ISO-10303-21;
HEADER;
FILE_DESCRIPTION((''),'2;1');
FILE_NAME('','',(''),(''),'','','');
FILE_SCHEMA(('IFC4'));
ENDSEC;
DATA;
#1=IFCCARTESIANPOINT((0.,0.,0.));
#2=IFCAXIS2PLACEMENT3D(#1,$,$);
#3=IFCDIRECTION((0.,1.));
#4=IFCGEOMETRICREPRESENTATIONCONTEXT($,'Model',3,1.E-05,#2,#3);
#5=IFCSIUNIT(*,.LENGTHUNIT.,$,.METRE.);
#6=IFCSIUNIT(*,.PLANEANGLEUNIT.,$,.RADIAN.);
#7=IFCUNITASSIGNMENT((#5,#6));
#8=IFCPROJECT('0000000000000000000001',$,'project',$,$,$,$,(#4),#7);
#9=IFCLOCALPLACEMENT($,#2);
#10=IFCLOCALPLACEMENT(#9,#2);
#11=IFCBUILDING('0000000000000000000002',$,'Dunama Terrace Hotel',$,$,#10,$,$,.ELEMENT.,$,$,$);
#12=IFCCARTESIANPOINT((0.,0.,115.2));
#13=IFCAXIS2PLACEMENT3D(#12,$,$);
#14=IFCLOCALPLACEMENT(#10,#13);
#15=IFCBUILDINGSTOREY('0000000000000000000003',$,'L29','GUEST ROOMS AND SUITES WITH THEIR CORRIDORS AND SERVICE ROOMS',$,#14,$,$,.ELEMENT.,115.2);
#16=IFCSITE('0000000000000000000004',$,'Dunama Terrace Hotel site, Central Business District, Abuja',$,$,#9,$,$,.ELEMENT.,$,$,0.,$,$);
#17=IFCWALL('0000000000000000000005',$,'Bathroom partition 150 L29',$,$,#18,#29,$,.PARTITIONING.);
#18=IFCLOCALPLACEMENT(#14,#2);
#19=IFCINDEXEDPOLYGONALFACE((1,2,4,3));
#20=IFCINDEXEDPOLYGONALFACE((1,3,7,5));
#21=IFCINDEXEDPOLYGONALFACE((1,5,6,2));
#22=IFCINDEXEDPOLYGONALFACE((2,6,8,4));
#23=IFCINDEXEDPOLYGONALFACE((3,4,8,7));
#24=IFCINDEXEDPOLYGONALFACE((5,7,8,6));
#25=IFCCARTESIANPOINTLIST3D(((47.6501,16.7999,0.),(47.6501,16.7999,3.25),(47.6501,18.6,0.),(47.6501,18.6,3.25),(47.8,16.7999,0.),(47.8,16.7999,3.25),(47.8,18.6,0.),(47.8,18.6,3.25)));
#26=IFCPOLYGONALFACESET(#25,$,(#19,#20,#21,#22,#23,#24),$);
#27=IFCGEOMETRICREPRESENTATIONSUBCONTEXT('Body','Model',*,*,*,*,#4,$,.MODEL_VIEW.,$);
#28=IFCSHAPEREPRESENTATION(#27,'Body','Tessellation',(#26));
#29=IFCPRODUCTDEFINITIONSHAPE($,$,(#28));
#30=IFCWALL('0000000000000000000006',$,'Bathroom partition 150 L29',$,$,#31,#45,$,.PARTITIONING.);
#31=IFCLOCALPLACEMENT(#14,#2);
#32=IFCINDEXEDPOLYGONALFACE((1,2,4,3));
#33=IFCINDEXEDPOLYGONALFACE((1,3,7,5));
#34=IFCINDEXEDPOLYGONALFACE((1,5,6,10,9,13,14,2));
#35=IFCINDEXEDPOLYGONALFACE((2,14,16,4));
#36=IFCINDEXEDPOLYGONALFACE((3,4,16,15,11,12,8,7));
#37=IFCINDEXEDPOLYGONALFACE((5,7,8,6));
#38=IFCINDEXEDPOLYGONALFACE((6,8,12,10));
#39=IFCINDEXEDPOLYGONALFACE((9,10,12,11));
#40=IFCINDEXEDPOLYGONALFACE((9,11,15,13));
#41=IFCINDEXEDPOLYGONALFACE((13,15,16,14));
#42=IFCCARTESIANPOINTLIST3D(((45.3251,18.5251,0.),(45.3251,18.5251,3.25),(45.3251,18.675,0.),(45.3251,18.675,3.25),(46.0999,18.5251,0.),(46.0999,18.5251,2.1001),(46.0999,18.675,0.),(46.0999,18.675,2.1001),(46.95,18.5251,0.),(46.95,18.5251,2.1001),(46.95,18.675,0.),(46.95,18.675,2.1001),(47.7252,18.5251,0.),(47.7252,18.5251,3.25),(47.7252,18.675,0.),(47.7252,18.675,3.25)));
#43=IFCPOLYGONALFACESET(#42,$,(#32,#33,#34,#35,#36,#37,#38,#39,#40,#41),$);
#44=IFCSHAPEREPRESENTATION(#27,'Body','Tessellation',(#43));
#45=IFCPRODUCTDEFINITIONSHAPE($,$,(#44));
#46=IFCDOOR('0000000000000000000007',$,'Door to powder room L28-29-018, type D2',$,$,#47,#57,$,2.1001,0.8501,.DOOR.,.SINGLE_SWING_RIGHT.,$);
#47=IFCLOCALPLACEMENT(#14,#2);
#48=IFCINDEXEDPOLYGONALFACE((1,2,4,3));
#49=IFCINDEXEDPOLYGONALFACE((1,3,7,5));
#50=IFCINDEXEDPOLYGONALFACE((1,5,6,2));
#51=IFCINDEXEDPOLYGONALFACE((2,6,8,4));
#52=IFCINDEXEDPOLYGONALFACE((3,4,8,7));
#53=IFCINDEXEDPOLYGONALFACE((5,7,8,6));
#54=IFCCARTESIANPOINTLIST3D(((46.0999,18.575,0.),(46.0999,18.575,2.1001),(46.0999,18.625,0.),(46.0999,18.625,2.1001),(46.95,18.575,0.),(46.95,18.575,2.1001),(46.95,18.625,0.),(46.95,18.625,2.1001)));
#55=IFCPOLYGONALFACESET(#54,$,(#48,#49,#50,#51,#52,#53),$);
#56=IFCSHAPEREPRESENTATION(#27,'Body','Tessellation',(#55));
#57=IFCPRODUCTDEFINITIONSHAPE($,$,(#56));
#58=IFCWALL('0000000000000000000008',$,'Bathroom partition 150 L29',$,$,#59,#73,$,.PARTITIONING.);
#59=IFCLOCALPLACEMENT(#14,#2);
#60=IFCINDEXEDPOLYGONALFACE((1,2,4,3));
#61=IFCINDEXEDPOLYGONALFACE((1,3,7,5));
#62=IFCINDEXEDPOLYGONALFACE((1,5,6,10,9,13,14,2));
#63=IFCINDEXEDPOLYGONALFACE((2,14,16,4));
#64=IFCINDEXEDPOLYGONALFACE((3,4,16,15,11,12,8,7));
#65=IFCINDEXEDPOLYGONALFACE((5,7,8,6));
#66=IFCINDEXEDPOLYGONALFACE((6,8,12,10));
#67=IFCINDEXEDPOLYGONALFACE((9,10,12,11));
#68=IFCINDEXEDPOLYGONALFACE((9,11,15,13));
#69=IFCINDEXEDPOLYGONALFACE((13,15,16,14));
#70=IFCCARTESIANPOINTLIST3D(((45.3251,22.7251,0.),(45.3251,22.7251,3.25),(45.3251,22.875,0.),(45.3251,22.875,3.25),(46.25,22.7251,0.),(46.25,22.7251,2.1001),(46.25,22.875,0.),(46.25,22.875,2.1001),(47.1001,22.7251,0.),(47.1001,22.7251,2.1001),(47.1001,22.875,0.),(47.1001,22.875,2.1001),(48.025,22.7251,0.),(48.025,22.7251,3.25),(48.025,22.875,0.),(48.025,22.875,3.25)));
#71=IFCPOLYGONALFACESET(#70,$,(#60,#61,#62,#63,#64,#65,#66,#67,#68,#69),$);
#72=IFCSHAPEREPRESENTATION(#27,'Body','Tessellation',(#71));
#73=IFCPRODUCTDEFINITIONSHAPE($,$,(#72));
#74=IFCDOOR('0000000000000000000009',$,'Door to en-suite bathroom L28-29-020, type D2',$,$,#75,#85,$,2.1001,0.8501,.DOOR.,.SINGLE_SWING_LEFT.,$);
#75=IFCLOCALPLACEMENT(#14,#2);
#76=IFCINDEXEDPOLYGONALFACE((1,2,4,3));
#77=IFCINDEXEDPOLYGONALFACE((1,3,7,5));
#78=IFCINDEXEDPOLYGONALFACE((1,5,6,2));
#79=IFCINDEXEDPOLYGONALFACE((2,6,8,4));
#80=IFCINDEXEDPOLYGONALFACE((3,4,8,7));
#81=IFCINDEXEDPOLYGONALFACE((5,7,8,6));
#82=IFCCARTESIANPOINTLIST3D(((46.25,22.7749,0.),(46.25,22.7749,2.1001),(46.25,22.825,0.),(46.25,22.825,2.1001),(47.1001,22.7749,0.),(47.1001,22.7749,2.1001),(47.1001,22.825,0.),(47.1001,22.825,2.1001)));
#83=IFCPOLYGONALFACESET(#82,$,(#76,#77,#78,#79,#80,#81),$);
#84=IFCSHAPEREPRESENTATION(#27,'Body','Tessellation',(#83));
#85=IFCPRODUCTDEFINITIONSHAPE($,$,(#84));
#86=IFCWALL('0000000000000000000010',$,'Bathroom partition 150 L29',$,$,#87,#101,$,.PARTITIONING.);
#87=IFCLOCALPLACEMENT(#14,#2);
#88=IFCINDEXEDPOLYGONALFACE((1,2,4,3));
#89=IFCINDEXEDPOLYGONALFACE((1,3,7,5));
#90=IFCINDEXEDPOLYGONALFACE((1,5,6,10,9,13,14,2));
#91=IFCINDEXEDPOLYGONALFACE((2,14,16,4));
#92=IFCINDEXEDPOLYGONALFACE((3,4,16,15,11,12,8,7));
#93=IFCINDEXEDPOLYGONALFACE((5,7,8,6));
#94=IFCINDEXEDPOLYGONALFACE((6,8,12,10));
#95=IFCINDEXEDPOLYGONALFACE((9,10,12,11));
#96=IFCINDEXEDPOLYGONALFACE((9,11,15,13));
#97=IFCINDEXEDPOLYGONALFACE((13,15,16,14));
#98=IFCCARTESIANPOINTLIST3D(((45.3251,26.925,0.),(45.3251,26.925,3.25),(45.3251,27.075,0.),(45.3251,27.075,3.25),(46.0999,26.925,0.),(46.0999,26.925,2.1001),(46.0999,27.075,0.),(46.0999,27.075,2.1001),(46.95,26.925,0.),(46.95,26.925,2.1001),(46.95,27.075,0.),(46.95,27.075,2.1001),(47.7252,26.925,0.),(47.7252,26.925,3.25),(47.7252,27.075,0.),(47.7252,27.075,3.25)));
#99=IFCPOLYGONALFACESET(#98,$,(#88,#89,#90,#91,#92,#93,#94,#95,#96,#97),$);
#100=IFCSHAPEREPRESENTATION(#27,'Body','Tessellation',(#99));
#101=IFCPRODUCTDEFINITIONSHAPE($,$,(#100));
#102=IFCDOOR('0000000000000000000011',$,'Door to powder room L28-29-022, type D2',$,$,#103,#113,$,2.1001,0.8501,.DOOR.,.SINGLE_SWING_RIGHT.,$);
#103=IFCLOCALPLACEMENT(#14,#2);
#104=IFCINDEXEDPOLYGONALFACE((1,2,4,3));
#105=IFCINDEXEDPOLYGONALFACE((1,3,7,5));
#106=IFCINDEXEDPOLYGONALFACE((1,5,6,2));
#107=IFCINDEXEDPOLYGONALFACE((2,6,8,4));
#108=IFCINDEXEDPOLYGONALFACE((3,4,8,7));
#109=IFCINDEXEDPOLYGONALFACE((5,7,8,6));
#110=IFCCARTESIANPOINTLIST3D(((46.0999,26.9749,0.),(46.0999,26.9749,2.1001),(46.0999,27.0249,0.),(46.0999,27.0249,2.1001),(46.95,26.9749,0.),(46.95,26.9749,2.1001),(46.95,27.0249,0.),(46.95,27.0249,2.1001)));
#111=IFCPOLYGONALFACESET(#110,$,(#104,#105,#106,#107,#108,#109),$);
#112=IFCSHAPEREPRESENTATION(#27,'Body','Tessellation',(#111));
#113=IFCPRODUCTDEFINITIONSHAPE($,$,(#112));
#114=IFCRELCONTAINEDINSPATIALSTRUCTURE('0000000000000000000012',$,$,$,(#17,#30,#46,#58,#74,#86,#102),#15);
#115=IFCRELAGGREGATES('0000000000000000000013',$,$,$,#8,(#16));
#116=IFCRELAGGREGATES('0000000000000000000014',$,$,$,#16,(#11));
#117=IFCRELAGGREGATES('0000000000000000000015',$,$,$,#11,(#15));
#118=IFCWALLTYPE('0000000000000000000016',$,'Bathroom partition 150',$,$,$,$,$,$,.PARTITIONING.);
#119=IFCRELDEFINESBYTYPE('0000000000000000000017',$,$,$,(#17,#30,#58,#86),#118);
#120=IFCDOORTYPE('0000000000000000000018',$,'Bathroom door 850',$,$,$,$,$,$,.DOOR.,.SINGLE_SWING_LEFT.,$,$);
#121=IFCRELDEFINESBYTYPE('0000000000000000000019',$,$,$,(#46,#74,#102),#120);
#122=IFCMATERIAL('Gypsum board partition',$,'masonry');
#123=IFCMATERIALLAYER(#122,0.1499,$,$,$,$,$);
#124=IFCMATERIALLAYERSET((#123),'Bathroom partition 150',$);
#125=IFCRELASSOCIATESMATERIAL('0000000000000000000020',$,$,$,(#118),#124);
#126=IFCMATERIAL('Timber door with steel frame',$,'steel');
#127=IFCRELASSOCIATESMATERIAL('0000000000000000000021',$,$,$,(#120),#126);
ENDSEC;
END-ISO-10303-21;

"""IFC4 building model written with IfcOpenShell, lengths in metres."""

from ifc_helpers import new_model, si_unit, direction, frame, frame_2d, origin, place, context, subcontext, project, spatial, rectangle, extrude, material, layer, layer_set, type_object, element, fill, save


model = new_model("IFC4")

# Units and contexts
model_context = context("Model", 3, precision=1e-05, world=origin(), true_north=direction((0.0, 1.0)))
body_context = subcontext(model_context, "Body", "Model", "MODEL_VIEW")
ifc_project = project(units=[si_unit("LENGTHUNIT", "METRE"), si_unit("PLANEANGLEUNIT", "RADIAN")], contexts=[model_context])

# Site, building, storey
site_placement = place(None, origin())
site = spatial("IfcSite", under=ifc_project, at=site_placement, Name="Dunama Terrace Hotel site, Central Business District, Abuja", CompositionType="ELEMENT", RefElevation=0.0)
building_placement = place(site_placement, origin())
building = spatial("IfcBuilding", under=site, at=building_placement, Name="Dunama Terrace Hotel", CompositionType="ELEMENT")
storey_placement = place(building_placement, frame((0.0, 0.0, 115.2)))
storey = spatial("IfcBuildingStorey", under=building, at=storey_placement, Name="L29", Description="GUEST ROOMS AND SUITES WITH THEIR CORRIDORS AND SERVICE ROOMS", CompositionType="ELEMENT", Elevation=115.2)

# Wall
ifc_material_1 = material(Name="Gypsum board partition", Category="masonry")
ifc_layer_1 = layer(ifc_material_1, 0.1499)
ifc_layer_set_1 = layer_set([ifc_layer_1], Name="Bathroom partition 150")
wall_type_1 = type_object("IfcWallType", Name="Bathroom partition 150", PredefinedType="PARTITIONING", material=ifc_layer_set_1)
wall_1_placement = place(storey_placement, frame((47.7251, 16.8, 0.0), z_axis=(0.0, 0.0, 1.0), x_axis=(0.0, 1.0, 0.0)))
element("IfcWall", 1, at=wall_1_placement, inside=storey, type_object=wall_type_1, Name="Bathroom partition 150 L29", PredefinedType="PARTITIONING", context=body_context, shape_type="SweptSolid", body=[
    extrude(rectangle(XDim=1.8, YDim=0.1499, at=frame_2d((0.8999, 0.0))), origin(), (0.0, 0.0, 1.0), 3.25),
])

# Walls, openings, doors
wall_2_placement = place(storey_placement, frame((45.325, 18.6001, 0.0), z_axis=(0.0, 0.0, 1.0), x_axis=(1.0, 0.0, 0.0)))
wall_2 = element("IfcWall", 2, at=wall_2_placement, inside=storey, type_object=wall_type_1, Name="Bathroom partition 150 L29", PredefinedType="PARTITIONING", context=body_context, shape_type="SweptSolid", body=[
    extrude(rectangle(XDim=2.4001, YDim=0.1499, at=frame_2d((1.2002, 0.0))), origin(), (0.0, 0.0, 1.0), 3.25),
])
opening_1_placement = place(wall_2_placement, frame((0.7749, 0.0, 0.0)))
opening_1 = element("IfcOpeningElement", 3, at=opening_1_placement, cuts=wall_2, PredefinedType="OPENING", context=body_context, shape_type="SweptSolid", body=[
    extrude(rectangle(XDim=0.8501, YDim=2.1001, at=frame_2d((0.425, 1.05))), frame((0.0, 0.085, 0.0), z_axis=(0.0, -1.0, 0.0), x_axis=(1.0, 0.0, 0.0)), (0.0, 0.0, 1.0), 0.1699),
])
ifc_material_2 = material(Name="Timber door with steel frame", Category="steel")
door_type_1 = type_object("IfcDoorType", Name="Bathroom door 850", OperationType="SINGLE_SWING_LEFT", PredefinedType="DOOR", material=ifc_material_2)
door_1_placement = place(opening_1_placement, frame((0.8501, 0.0, 0.0), z_axis=(0.0, 0.0, 1.0), x_axis=(-1.0, 0.0, 0.0)))
door_1 = element("IfcDoor", 4, at=door_1_placement, inside=storey, type_object=door_type_1, Name="Door to powder room L28-29-018, type D2", OperationType="SINGLE_SWING_RIGHT", OverallHeight=2.1001, OverallWidth=0.8501, PredefinedType="DOOR", context=body_context, shape_type="SweptSolid", body=[
    extrude(rectangle(XDim=0.8501, YDim=2.1001, at=frame_2d((0.425, 1.05))), frame((0.0, 0.0251, 0.0), z_axis=(0.0, -1.0, 0.0), x_axis=(1.0, 0.0, 0.0)), (0.0, 0.0, 1.0), 0.05),
])
fill(opening_1, door_1)
wall_3_placement = place(storey_placement, frame((45.325, 22.8, 0.0), z_axis=(0.0, 0.0, 1.0), x_axis=(1.0, 0.0, 0.0)))
wall_3 = element("IfcWall", 5, at=wall_3_placement, inside=storey, type_object=wall_type_1, Name="Bathroom partition 150 L29", PredefinedType="PARTITIONING", context=body_context, shape_type="SweptSolid", body=[
    extrude(rectangle(XDim=2.7, YDim=0.1499, at=frame_2d((1.3501, 0.0))), origin(), (0.0, 0.0, 1.0), 3.25),
])
opening_2_placement = place(wall_3_placement, frame((0.925, 0.0, 0.0)))
opening_2 = element("IfcOpeningElement", 6, at=opening_2_placement, cuts=wall_3, PredefinedType="OPENING", context=body_context, shape_type="SweptSolid", body=[
    extrude(rectangle(XDim=0.8501, YDim=2.1001, at=frame_2d((0.425, 1.05))), frame((0.0, 0.085, 0.0), z_axis=(0.0, -1.0, 0.0), x_axis=(1.0, 0.0, 0.0)), (0.0, 0.0, 1.0), 0.1699),
])
door_2_placement = place(opening_2_placement, origin())
door_2 = element("IfcDoor", 7, at=door_2_placement, inside=storey, type_object=door_type_1, Name="Door to en-suite bathroom L28-29-020, type D2", OperationType="SINGLE_SWING_LEFT", OverallHeight=2.1001, OverallWidth=0.8501, PredefinedType="DOOR", context=body_context, shape_type="SweptSolid", body=[
    extrude(rectangle(XDim=0.8501, YDim=2.1001, at=frame_2d((0.425, 1.05))), frame((0.0, 0.0249, 0.0), z_axis=(0.0, -1.0, 0.0), x_axis=(1.0, 0.0, 0.0)), (0.0, 0.0, 1.0), 0.05),
])
fill(opening_2, door_2)
wall_4_placement = place(storey_placement, frame((45.325, 27.0, 0.0), z_axis=(0.0, 0.0, 1.0), x_axis=(1.0, 0.0, 0.0)))
wall_4 = element("IfcWall", 8, at=wall_4_placement, inside=storey, type_object=wall_type_1, Name="Bathroom partition 150 L29", PredefinedType="PARTITIONING", context=body_context, shape_type="SweptSolid", body=[
    extrude(rectangle(XDim=2.4001, YDim=0.1499, at=frame_2d((1.2002, 0.0))), origin(), (0.0, 0.0, 1.0), 3.25),
])
opening_3_placement = place(wall_4_placement, frame((0.7749, 0.0, 0.0)))
opening_3 = element("IfcOpeningElement", 9, at=opening_3_placement, cuts=wall_4, PredefinedType="OPENING", context=body_context, shape_type="SweptSolid", body=[
    extrude(rectangle(XDim=0.8501, YDim=2.1001, at=frame_2d((0.425, 1.05))), frame((0.0, 0.085, 0.0), z_axis=(0.0, -1.0, 0.0), x_axis=(1.0, 0.0, 0.0)), (0.0, 0.0, 1.0), 0.1699),
])
door_3_placement = place(opening_3_placement, frame((0.8501, 0.0, 0.0), z_axis=(0.0, 0.0, 1.0), x_axis=(-1.0, 0.0, 0.0)))
door_3 = element("IfcDoor", 10, at=door_3_placement, inside=storey, type_object=door_type_1, Name="Door to powder room L28-29-022, type D2", OperationType="SINGLE_SWING_RIGHT", OverallHeight=2.1001, OverallWidth=0.8501, PredefinedType="DOOR", context=body_context, shape_type="SweptSolid", body=[
    extrude(rectangle(XDim=0.8501, YDim=2.1001, at=frame_2d((0.425, 1.05))), frame((0.0, 0.0251, 0.0), z_axis=(0.0, -1.0, 0.0), x_axis=(1.0, 0.0, 0.0)), (0.0, 0.0, 1.0), 0.05),
])
fill(opening_3, door_3)

save(model, "model.ifc")
